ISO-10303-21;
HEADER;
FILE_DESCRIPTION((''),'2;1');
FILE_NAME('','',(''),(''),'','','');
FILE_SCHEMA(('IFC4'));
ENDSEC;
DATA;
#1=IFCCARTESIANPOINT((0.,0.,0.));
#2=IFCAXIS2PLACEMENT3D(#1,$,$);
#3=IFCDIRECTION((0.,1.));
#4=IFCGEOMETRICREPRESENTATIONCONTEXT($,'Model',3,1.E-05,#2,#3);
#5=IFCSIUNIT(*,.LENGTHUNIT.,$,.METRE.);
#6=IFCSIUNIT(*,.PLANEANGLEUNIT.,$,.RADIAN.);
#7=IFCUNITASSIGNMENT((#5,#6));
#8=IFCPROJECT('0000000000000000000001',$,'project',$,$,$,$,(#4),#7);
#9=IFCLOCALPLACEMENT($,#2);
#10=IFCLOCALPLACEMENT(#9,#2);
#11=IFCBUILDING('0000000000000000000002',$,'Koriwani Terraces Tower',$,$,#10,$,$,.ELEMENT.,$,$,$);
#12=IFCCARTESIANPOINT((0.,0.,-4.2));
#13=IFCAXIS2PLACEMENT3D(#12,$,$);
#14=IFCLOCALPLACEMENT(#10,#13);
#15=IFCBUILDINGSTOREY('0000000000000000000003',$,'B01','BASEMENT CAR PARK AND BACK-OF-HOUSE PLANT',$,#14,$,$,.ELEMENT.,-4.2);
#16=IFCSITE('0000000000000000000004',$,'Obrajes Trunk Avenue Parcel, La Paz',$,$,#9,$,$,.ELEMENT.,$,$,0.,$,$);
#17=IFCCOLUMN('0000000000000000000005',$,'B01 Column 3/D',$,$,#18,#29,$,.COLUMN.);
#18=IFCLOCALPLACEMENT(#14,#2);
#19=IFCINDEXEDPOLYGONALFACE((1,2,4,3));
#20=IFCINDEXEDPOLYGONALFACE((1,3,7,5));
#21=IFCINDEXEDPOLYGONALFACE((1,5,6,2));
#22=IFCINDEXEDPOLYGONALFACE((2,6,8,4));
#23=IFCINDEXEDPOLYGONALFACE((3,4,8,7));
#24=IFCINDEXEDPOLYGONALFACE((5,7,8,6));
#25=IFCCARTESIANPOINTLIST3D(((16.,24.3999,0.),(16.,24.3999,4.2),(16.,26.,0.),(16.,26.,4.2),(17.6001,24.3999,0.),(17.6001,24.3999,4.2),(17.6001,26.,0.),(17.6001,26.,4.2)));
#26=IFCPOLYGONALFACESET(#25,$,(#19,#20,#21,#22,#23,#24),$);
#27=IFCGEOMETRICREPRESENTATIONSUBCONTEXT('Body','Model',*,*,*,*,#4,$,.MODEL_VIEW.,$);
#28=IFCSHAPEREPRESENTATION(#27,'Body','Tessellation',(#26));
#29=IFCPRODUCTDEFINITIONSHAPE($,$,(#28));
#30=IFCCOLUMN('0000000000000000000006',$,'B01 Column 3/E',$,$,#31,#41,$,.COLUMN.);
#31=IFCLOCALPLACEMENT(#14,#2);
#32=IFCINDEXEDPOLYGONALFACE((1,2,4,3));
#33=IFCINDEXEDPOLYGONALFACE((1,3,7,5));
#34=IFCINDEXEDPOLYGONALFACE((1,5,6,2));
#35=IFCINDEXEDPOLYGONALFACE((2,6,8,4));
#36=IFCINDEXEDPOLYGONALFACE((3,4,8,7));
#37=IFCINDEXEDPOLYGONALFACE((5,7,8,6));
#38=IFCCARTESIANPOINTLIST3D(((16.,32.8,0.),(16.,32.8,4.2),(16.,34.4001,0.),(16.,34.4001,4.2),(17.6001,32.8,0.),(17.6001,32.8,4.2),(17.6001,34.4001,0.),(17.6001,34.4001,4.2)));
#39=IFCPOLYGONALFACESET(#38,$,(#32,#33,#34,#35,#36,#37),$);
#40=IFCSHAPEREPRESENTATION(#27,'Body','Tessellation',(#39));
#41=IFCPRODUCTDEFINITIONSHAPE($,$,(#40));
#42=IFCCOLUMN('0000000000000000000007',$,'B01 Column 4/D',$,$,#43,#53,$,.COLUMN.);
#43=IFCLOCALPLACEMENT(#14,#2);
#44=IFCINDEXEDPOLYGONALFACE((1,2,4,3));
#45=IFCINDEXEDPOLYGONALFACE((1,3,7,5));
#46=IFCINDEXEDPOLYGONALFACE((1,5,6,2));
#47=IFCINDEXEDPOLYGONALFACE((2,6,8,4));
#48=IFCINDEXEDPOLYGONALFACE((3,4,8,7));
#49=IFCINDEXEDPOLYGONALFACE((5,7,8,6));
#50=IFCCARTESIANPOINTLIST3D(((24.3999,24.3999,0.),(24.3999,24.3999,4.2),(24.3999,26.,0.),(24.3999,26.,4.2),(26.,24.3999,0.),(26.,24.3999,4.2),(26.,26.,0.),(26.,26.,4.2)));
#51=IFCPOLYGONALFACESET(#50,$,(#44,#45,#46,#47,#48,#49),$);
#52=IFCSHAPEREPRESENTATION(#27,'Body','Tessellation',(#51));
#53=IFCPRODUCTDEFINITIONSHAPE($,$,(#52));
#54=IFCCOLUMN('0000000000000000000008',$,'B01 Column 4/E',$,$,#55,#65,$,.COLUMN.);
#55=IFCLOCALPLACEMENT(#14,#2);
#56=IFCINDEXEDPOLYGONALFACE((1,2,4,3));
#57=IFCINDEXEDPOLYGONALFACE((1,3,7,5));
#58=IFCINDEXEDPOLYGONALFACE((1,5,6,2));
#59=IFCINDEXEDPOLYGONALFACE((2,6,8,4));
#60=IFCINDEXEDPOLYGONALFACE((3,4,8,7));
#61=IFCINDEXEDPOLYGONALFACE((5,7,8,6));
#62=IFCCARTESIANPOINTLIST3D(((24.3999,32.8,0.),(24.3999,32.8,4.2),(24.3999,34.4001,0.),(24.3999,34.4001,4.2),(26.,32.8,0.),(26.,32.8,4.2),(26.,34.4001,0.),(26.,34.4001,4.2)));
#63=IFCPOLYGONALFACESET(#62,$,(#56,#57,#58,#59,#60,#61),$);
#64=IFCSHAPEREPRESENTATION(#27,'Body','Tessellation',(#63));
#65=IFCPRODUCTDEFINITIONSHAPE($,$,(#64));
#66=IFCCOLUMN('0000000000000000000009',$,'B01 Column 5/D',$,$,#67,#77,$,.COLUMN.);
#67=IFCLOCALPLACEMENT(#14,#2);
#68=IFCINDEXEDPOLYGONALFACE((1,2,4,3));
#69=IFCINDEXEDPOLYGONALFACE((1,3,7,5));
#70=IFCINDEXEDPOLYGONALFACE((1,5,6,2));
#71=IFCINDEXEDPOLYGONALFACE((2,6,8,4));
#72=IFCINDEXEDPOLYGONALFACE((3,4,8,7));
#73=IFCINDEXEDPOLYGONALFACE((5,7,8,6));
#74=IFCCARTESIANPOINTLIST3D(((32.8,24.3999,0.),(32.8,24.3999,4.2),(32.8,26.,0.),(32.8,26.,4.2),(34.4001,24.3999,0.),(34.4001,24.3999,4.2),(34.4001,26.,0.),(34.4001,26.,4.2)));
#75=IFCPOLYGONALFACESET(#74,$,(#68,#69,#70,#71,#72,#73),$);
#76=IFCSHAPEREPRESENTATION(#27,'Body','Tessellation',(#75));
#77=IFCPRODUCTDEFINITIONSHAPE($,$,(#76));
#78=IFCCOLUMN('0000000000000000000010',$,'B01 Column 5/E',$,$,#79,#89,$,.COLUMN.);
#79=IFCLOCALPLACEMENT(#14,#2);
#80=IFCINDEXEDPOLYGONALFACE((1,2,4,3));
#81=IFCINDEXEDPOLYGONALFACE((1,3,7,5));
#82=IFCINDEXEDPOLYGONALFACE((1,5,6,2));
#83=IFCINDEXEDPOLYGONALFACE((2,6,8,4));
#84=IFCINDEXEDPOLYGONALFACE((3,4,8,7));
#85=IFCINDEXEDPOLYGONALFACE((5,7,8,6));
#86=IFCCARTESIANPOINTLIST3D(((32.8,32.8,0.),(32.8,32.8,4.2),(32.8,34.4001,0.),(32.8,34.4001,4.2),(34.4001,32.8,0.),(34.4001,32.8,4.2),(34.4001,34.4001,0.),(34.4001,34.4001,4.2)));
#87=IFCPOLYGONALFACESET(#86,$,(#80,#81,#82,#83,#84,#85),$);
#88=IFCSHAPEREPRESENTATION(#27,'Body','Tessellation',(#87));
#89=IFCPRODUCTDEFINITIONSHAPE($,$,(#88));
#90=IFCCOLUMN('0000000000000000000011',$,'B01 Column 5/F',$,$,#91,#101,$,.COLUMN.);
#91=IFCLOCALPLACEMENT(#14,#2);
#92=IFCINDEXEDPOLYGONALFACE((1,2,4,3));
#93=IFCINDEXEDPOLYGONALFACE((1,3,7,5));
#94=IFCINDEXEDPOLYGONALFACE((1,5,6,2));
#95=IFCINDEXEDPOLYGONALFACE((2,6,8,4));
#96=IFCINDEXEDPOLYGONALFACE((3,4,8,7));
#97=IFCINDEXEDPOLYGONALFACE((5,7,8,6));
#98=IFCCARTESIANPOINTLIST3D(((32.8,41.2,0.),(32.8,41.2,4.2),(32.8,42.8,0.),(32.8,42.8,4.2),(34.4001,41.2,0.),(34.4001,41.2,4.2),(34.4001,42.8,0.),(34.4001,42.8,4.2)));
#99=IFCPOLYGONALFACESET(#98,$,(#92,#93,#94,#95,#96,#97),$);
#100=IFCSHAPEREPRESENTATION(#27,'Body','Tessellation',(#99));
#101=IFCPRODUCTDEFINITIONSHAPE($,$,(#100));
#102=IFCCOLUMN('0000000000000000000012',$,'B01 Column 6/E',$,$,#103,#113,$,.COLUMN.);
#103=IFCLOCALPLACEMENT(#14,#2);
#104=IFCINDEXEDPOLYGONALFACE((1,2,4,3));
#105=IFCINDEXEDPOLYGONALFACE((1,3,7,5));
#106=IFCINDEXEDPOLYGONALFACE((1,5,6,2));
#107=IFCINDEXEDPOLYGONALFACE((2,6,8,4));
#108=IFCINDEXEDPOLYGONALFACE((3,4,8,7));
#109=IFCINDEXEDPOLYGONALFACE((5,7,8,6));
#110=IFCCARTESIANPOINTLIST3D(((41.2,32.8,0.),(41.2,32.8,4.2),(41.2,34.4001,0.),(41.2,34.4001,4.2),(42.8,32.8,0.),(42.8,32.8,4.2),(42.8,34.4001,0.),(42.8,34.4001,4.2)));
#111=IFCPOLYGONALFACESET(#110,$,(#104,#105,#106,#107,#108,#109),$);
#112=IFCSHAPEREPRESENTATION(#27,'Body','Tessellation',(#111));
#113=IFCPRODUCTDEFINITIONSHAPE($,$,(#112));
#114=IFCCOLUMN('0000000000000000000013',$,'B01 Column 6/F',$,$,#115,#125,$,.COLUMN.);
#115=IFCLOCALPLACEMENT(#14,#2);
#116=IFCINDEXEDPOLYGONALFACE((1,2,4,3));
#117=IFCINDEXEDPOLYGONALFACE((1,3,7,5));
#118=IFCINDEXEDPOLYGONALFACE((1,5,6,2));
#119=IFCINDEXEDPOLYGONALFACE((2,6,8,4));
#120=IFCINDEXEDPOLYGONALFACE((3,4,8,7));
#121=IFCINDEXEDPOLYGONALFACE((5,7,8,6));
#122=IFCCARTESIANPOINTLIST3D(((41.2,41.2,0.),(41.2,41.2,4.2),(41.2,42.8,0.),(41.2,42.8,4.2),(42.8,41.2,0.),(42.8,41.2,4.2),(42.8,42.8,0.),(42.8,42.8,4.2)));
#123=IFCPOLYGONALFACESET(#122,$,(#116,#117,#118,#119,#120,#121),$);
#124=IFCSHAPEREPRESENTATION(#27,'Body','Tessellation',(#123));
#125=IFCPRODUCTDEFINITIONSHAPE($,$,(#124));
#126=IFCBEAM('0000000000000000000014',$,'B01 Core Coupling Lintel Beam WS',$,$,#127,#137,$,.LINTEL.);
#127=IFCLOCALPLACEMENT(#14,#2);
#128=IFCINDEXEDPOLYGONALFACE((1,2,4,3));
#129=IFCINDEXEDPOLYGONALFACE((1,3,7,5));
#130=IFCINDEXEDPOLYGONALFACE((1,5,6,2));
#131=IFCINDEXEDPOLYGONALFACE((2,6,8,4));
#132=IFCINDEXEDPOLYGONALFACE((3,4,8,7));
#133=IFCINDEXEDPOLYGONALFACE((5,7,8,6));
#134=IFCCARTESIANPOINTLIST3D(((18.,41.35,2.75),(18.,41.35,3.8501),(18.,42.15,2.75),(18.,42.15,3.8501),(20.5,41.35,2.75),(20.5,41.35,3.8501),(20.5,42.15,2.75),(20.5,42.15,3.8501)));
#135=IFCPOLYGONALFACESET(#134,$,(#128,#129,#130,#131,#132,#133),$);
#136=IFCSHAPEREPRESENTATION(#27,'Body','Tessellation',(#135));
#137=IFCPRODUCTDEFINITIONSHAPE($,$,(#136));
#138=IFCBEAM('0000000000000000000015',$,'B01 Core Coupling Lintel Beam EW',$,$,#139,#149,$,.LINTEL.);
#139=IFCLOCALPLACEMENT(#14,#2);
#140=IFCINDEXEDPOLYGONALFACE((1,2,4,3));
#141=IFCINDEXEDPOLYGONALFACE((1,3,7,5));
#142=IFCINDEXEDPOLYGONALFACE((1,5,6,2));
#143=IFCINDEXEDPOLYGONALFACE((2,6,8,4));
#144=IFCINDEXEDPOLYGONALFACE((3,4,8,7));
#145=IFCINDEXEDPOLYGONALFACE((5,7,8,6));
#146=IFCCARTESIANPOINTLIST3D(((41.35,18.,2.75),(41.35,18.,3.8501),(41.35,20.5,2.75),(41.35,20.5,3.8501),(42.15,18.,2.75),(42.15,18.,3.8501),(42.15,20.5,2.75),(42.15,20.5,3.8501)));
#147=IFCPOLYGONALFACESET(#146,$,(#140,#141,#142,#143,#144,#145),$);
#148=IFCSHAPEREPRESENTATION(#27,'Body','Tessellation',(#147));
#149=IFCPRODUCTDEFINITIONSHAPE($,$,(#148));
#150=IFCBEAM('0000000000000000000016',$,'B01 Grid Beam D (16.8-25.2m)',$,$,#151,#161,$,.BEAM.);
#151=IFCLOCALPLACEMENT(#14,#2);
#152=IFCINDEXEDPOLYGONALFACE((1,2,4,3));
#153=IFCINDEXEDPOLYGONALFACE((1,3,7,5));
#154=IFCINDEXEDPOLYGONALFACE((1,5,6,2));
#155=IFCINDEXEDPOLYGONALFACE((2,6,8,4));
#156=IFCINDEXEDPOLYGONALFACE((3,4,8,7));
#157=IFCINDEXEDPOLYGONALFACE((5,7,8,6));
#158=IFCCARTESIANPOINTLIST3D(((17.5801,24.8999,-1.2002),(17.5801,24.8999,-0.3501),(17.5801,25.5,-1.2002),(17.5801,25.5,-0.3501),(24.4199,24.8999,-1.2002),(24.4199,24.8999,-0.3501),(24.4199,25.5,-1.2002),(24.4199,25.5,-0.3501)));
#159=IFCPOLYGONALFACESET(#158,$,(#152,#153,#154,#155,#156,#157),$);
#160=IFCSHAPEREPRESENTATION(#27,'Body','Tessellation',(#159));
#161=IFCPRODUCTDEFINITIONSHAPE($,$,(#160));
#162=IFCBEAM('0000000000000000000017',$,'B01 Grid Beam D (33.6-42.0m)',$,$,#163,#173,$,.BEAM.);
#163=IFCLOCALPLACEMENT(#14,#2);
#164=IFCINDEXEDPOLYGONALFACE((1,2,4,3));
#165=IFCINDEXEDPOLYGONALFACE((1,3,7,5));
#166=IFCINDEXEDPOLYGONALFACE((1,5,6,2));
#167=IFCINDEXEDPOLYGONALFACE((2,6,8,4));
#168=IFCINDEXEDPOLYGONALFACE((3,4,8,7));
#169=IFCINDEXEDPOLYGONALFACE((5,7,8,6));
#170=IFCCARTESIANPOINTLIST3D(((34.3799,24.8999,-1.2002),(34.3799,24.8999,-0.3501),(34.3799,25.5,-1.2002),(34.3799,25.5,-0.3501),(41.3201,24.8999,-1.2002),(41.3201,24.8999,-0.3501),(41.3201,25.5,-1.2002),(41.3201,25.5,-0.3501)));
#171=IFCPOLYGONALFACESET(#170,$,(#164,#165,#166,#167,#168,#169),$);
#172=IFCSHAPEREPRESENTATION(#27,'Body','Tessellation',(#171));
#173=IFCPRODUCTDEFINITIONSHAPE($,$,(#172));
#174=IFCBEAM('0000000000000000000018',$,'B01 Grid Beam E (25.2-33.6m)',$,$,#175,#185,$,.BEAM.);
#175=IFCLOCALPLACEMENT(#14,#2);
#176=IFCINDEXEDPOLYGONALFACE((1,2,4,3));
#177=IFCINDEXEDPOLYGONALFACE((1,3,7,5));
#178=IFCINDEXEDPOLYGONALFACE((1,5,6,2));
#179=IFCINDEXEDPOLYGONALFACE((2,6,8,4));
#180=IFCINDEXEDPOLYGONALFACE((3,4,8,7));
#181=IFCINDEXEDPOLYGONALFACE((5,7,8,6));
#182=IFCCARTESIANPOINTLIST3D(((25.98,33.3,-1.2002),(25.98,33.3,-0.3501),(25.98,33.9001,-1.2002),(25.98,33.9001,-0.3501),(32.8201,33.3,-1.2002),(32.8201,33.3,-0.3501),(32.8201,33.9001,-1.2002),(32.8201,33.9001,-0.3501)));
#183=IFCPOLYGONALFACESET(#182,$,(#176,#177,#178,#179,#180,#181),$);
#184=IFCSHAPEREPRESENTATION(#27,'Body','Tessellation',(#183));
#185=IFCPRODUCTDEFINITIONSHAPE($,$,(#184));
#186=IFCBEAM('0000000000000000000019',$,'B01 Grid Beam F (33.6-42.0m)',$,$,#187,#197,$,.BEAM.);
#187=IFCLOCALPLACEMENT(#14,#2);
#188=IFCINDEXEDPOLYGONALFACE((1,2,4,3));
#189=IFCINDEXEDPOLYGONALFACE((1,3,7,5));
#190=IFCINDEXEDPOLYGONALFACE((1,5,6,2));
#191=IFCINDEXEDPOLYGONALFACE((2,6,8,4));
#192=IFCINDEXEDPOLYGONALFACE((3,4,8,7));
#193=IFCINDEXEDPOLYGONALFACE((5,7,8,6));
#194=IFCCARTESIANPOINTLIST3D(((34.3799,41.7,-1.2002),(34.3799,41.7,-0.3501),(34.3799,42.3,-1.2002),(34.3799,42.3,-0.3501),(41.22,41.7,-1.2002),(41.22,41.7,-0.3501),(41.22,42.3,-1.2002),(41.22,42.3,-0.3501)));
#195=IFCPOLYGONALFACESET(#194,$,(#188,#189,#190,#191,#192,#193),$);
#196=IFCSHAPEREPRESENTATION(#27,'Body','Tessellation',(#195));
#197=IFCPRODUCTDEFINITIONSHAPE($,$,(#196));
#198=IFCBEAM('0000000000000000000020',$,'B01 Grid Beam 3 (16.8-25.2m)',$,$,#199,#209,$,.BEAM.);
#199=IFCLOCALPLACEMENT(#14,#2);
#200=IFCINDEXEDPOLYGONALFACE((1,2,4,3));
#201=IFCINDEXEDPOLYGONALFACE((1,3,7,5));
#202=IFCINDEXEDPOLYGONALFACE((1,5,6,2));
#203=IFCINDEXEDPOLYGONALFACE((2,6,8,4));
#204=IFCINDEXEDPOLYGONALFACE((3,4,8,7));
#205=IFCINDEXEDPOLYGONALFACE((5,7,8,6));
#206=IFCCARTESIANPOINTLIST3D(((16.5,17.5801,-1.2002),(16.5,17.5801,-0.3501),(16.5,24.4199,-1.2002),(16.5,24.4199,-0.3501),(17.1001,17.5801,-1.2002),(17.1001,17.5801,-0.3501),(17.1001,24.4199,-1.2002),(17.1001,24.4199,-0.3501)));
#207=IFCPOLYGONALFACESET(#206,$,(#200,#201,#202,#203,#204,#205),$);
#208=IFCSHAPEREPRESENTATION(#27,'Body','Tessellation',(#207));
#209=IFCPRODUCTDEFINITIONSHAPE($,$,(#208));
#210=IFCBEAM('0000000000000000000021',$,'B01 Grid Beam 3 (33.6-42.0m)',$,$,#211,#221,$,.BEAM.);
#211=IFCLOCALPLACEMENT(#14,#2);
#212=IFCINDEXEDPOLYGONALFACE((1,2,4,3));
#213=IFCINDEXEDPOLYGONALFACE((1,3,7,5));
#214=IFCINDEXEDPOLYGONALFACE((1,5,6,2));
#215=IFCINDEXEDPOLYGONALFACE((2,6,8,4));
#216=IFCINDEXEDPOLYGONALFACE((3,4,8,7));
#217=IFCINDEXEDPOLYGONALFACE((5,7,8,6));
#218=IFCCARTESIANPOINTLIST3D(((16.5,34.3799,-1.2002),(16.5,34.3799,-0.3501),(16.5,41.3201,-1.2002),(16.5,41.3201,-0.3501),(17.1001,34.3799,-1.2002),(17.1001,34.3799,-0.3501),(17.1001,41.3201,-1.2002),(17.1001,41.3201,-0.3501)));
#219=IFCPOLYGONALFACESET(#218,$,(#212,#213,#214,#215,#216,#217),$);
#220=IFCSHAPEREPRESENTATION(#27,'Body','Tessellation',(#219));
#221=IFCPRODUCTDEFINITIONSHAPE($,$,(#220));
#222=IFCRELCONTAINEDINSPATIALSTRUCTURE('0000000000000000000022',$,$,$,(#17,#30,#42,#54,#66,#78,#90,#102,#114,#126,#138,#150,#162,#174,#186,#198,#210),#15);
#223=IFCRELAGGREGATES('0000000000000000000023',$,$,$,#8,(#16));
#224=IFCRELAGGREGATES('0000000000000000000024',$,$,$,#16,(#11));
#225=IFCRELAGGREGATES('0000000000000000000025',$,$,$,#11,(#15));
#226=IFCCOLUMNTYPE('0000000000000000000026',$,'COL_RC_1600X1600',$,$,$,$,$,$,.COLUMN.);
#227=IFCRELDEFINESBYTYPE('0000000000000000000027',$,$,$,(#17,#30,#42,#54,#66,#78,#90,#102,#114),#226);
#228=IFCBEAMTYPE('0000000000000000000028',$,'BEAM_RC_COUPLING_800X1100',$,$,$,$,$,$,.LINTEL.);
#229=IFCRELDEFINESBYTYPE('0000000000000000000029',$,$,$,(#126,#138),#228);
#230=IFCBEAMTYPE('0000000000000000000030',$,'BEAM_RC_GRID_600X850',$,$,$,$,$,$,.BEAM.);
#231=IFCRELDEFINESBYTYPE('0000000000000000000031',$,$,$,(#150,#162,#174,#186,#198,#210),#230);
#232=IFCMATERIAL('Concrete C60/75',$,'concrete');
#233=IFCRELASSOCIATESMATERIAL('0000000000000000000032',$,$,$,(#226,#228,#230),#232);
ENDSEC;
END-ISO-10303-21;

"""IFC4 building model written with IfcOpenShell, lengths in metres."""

from ifc_helpers import new_model, si_unit, direction, frame, origin, origin_2d, place, context, subcontext, project, spatial, rectangle, extrude, material, material_profile, profile_set, type_object, element, save


model = new_model("IFC4")

# Units and contexts
model_context = context("Model", 3, precision=1e-05, world=origin(), true_north=direction((0.0, 1.0)))
body_context = subcontext(model_context, "Body", "Model", "MODEL_VIEW")
ifc_project = project(units=[si_unit("LENGTHUNIT", "METRE"), si_unit("PLANEANGLEUNIT", "RADIAN")], contexts=[model_context])

# Site, building, storey
site_placement = place(None, origin())
site = spatial("IfcSite", under=ifc_project, at=site_placement, Name="Obrajes Trunk Avenue Parcel, La Paz", CompositionType="ELEMENT", RefElevation=0.0)
building_placement = place(site_placement, origin())
building = spatial("IfcBuilding", under=site, at=building_placement, Name="Koriwani Terraces Tower", CompositionType="ELEMENT")
storey_placement = place(building_placement, frame((0.0, 0.0, -4.2)))
storey = spatial("IfcBuildingStorey", under=building, at=storey_placement, Name="B01", Description="BASEMENT CAR PARK AND BACK-OF-HOUSE PLANT", CompositionType="ELEMENT", Elevation=-4.2)

# Columns
ifc_material_1 = material(Name="Concrete C60/75", Category="concrete")
ifc_material_profile_1 = material_profile(ifc_material_1, rectangle(XDim=1.6001, YDim=1.6001, at=origin_2d()), Name="Concrete C60/75", Category="LoadBearing")
ifc_profile_set_1 = profile_set([ifc_material_profile_1], Name="Concrete C60/75")
column_type = type_object("IfcColumnType", Name="COL_RC_1600X1600", PredefinedType="COLUMN", material=ifc_profile_set_1)
for number, where, z_axis, x_axis, name in (
    (1, (16.8, 25.2, 0.0), (0.0, 0.0, 1.0), (1.0, 0.0, 0.0), "B01 Column 3/D"),
    (2, (16.8, 33.6001, 0.0), (0.0, 0.0, 1.0), (1.0, 0.0, 0.0), "B01 Column 3/E"),
    (3, (25.2, 25.2, 0.0), (0.0, 0.0, 1.0), (1.0, 0.0, 0.0), "B01 Column 4/D"),
    (4, (25.2, 33.6001, 0.0), (0.0, 0.0, 1.0), (1.0, 0.0, 0.0), "B01 Column 4/E"),
    (5, (33.6001, 25.2, 0.0), (0.0, 0.0, 1.0), (1.0, 0.0, 0.0), "B01 Column 5/D"),
    (6, (33.6001, 33.6001, 0.0), (0.0, 0.0, 1.0), (1.0, 0.0, 0.0), "B01 Column 5/E"),
    (7, (33.6001, 42.0, 0.0), (0.0, 0.0, 1.0), (1.0, 0.0, 0.0), "B01 Column 5/F"),
    (8, (42.0, 33.6001, 0.0), (0.0, 0.0, 1.0), (1.0, 0.0, 0.0), "B01 Column 6/E"),
    (9, (42.0, 42.0, 0.0), (0.0, 0.0, 1.0), (1.0, 0.0, 0.0), "B01 Column 6/F"),
):
    element("IfcColumn", number, at=place(storey_placement, frame(where, z_axis=z_axis, x_axis=x_axis)), inside=storey, type_object=column_type, Name=name, PredefinedType="COLUMN", context=body_context, shape_type="SweptSolid", body=[
        extrude(rectangle(XDim=1.6001, YDim=1.6001, at=origin_2d()), origin(), (0.0, 0.0, 1.0), 4.2),
    ])

# Beams
ifc_material_profile_2 = material_profile(ifc_material_1, rectangle(XDim=0.8, YDim=1.1001, at=origin_2d()), Name="Concrete C60/75", Category="LoadBearing")
ifc_profile_set_2 = profile_set([ifc_material_profile_2], Name="Concrete C60/75")
beam_type_1 = type_object("IfcBeamType", Name="BEAM_RC_COUPLING_800X1100", PredefinedType="LINTEL", material=ifc_profile_set_2)
for number, where, z_axis, x_axis, name in (
    (10, (18.0, 41.75, 3.3), (1.0, 0.0, 0.0), (0.0, 1.0, 0.0), "B01 Core Coupling Lintel Beam WS"),
    (11, (41.75, 18.0, 3.3), (0.0, 1.0, 0.0), (-1.0, 0.0, 0.0), "B01 Core Coupling Lintel Beam EW"),
):
    element("IfcBeam", number, at=place(storey_placement, frame(where, z_axis=z_axis, x_axis=x_axis)), inside=storey, type_object=beam_type_1, Name=name, PredefinedType="LINTEL", context=body_context, shape_type="SweptSolid", body=[
        extrude(rectangle(XDim=0.8, YDim=1.1001, at=origin_2d()), origin(), (0.0, 0.0, 1.0), 2.5),
    ])
ifc_material_profile_3 = material_profile(ifc_material_1, rectangle(XDim=0.6001, YDim=0.8501, at=origin_2d()), Name="Concrete C60/75", Category="LoadBearing")
ifc_profile_set_3 = profile_set([ifc_material_profile_3], Name="Concrete C60/75")
beam_type_2 = type_object("IfcBeamType", Name="BEAM_RC_GRID_600X850", PredefinedType="BEAM", material=ifc_profile_set_3)
beam_1_placement = place(storey_placement, frame((17.5801, 25.2, -0.7751), z_axis=(1.0, 0.0, 0.0), x_axis=(0.0, 1.0, 0.0)))
element("IfcBeam", 12, at=beam_1_placement, inside=storey, type_object=beam_type_2, Name="B01 Grid Beam D (16.8-25.2m)", PredefinedType="BEAM", context=body_context, shape_type="SweptSolid", body=[
    extrude(rectangle(XDim=0.6001, YDim=0.8501, at=origin_2d()), origin(), (0.0, 0.0, 1.0), 6.8398),
])
beam_2_placement = place(storey_placement, frame((34.3799, 25.2, -0.7751), z_axis=(1.0, 0.0, 0.0), x_axis=(0.0, 1.0, 0.0)))
element("IfcBeam", 13, at=beam_2_placement, inside=storey, type_object=beam_type_2, Name="B01 Grid Beam D (33.6-42.0m)", PredefinedType="BEAM", context=body_context, shape_type="SweptSolid", body=[
    extrude(rectangle(XDim=0.6001, YDim=0.8501, at=origin_2d()), origin(), (0.0, 0.0, 1.0), 6.9402),
])
for number, where, z_axis, x_axis, name in (
    (14, (25.98, 33.6001, -0.7751), (1.0, 0.0, 0.0), (0.0, 1.0, 0.0), "B01 Grid Beam E (25.2-33.6m)"),
    (15, (34.3799, 42.0, -0.7751), (1.0, 0.0, 0.0), (0.0, 1.0, 0.0), "B01 Grid Beam F (33.6-42.0m)"),
):
    element("IfcBeam", number, at=place(storey_placement, frame(where, z_axis=z_axis, x_axis=x_axis)), inside=storey, type_object=beam_type_2, Name=name, PredefinedType="BEAM", context=body_context, shape_type="SweptSolid", body=[
        extrude(rectangle(XDim=0.6001, YDim=0.8501, at=origin_2d()), origin(), (0.0, 0.0, 1.0), 6.8401),
    ])
beam_3_placement = place(storey_placement, frame((16.8, 17.5801, -0.7751), z_axis=(0.0, 1.0, 0.0), x_axis=(-1.0, 0.0, 0.0)))
element("IfcBeam", 16, at=beam_3_placement, inside=storey, type_object=beam_type_2, Name="B01 Grid Beam 3 (16.8-25.2m)", PredefinedType="BEAM", context=body_context, shape_type="SweptSolid", body=[
    extrude(rectangle(XDim=0.6001, YDim=0.8501, at=origin_2d()), origin(), (0.0, 0.0, 1.0), 6.8398),
])
beam_4_placement = place(storey_placement, frame((16.8, 34.3799, -0.7751), z_axis=(0.0, 1.0, 0.0), x_axis=(-1.0, 0.0, 0.0)))
element("IfcBeam", 17, at=beam_4_placement, inside=storey, type_object=beam_type_2, Name="B01 Grid Beam 3 (33.6-42.0m)", PredefinedType="BEAM", context=body_context, shape_type="SweptSolid", body=[
    extrude(rectangle(XDim=0.6001, YDim=0.8501, at=origin_2d()), origin(), (0.0, 0.0, 1.0), 6.9402),
])

save(model, "model.ifc")
